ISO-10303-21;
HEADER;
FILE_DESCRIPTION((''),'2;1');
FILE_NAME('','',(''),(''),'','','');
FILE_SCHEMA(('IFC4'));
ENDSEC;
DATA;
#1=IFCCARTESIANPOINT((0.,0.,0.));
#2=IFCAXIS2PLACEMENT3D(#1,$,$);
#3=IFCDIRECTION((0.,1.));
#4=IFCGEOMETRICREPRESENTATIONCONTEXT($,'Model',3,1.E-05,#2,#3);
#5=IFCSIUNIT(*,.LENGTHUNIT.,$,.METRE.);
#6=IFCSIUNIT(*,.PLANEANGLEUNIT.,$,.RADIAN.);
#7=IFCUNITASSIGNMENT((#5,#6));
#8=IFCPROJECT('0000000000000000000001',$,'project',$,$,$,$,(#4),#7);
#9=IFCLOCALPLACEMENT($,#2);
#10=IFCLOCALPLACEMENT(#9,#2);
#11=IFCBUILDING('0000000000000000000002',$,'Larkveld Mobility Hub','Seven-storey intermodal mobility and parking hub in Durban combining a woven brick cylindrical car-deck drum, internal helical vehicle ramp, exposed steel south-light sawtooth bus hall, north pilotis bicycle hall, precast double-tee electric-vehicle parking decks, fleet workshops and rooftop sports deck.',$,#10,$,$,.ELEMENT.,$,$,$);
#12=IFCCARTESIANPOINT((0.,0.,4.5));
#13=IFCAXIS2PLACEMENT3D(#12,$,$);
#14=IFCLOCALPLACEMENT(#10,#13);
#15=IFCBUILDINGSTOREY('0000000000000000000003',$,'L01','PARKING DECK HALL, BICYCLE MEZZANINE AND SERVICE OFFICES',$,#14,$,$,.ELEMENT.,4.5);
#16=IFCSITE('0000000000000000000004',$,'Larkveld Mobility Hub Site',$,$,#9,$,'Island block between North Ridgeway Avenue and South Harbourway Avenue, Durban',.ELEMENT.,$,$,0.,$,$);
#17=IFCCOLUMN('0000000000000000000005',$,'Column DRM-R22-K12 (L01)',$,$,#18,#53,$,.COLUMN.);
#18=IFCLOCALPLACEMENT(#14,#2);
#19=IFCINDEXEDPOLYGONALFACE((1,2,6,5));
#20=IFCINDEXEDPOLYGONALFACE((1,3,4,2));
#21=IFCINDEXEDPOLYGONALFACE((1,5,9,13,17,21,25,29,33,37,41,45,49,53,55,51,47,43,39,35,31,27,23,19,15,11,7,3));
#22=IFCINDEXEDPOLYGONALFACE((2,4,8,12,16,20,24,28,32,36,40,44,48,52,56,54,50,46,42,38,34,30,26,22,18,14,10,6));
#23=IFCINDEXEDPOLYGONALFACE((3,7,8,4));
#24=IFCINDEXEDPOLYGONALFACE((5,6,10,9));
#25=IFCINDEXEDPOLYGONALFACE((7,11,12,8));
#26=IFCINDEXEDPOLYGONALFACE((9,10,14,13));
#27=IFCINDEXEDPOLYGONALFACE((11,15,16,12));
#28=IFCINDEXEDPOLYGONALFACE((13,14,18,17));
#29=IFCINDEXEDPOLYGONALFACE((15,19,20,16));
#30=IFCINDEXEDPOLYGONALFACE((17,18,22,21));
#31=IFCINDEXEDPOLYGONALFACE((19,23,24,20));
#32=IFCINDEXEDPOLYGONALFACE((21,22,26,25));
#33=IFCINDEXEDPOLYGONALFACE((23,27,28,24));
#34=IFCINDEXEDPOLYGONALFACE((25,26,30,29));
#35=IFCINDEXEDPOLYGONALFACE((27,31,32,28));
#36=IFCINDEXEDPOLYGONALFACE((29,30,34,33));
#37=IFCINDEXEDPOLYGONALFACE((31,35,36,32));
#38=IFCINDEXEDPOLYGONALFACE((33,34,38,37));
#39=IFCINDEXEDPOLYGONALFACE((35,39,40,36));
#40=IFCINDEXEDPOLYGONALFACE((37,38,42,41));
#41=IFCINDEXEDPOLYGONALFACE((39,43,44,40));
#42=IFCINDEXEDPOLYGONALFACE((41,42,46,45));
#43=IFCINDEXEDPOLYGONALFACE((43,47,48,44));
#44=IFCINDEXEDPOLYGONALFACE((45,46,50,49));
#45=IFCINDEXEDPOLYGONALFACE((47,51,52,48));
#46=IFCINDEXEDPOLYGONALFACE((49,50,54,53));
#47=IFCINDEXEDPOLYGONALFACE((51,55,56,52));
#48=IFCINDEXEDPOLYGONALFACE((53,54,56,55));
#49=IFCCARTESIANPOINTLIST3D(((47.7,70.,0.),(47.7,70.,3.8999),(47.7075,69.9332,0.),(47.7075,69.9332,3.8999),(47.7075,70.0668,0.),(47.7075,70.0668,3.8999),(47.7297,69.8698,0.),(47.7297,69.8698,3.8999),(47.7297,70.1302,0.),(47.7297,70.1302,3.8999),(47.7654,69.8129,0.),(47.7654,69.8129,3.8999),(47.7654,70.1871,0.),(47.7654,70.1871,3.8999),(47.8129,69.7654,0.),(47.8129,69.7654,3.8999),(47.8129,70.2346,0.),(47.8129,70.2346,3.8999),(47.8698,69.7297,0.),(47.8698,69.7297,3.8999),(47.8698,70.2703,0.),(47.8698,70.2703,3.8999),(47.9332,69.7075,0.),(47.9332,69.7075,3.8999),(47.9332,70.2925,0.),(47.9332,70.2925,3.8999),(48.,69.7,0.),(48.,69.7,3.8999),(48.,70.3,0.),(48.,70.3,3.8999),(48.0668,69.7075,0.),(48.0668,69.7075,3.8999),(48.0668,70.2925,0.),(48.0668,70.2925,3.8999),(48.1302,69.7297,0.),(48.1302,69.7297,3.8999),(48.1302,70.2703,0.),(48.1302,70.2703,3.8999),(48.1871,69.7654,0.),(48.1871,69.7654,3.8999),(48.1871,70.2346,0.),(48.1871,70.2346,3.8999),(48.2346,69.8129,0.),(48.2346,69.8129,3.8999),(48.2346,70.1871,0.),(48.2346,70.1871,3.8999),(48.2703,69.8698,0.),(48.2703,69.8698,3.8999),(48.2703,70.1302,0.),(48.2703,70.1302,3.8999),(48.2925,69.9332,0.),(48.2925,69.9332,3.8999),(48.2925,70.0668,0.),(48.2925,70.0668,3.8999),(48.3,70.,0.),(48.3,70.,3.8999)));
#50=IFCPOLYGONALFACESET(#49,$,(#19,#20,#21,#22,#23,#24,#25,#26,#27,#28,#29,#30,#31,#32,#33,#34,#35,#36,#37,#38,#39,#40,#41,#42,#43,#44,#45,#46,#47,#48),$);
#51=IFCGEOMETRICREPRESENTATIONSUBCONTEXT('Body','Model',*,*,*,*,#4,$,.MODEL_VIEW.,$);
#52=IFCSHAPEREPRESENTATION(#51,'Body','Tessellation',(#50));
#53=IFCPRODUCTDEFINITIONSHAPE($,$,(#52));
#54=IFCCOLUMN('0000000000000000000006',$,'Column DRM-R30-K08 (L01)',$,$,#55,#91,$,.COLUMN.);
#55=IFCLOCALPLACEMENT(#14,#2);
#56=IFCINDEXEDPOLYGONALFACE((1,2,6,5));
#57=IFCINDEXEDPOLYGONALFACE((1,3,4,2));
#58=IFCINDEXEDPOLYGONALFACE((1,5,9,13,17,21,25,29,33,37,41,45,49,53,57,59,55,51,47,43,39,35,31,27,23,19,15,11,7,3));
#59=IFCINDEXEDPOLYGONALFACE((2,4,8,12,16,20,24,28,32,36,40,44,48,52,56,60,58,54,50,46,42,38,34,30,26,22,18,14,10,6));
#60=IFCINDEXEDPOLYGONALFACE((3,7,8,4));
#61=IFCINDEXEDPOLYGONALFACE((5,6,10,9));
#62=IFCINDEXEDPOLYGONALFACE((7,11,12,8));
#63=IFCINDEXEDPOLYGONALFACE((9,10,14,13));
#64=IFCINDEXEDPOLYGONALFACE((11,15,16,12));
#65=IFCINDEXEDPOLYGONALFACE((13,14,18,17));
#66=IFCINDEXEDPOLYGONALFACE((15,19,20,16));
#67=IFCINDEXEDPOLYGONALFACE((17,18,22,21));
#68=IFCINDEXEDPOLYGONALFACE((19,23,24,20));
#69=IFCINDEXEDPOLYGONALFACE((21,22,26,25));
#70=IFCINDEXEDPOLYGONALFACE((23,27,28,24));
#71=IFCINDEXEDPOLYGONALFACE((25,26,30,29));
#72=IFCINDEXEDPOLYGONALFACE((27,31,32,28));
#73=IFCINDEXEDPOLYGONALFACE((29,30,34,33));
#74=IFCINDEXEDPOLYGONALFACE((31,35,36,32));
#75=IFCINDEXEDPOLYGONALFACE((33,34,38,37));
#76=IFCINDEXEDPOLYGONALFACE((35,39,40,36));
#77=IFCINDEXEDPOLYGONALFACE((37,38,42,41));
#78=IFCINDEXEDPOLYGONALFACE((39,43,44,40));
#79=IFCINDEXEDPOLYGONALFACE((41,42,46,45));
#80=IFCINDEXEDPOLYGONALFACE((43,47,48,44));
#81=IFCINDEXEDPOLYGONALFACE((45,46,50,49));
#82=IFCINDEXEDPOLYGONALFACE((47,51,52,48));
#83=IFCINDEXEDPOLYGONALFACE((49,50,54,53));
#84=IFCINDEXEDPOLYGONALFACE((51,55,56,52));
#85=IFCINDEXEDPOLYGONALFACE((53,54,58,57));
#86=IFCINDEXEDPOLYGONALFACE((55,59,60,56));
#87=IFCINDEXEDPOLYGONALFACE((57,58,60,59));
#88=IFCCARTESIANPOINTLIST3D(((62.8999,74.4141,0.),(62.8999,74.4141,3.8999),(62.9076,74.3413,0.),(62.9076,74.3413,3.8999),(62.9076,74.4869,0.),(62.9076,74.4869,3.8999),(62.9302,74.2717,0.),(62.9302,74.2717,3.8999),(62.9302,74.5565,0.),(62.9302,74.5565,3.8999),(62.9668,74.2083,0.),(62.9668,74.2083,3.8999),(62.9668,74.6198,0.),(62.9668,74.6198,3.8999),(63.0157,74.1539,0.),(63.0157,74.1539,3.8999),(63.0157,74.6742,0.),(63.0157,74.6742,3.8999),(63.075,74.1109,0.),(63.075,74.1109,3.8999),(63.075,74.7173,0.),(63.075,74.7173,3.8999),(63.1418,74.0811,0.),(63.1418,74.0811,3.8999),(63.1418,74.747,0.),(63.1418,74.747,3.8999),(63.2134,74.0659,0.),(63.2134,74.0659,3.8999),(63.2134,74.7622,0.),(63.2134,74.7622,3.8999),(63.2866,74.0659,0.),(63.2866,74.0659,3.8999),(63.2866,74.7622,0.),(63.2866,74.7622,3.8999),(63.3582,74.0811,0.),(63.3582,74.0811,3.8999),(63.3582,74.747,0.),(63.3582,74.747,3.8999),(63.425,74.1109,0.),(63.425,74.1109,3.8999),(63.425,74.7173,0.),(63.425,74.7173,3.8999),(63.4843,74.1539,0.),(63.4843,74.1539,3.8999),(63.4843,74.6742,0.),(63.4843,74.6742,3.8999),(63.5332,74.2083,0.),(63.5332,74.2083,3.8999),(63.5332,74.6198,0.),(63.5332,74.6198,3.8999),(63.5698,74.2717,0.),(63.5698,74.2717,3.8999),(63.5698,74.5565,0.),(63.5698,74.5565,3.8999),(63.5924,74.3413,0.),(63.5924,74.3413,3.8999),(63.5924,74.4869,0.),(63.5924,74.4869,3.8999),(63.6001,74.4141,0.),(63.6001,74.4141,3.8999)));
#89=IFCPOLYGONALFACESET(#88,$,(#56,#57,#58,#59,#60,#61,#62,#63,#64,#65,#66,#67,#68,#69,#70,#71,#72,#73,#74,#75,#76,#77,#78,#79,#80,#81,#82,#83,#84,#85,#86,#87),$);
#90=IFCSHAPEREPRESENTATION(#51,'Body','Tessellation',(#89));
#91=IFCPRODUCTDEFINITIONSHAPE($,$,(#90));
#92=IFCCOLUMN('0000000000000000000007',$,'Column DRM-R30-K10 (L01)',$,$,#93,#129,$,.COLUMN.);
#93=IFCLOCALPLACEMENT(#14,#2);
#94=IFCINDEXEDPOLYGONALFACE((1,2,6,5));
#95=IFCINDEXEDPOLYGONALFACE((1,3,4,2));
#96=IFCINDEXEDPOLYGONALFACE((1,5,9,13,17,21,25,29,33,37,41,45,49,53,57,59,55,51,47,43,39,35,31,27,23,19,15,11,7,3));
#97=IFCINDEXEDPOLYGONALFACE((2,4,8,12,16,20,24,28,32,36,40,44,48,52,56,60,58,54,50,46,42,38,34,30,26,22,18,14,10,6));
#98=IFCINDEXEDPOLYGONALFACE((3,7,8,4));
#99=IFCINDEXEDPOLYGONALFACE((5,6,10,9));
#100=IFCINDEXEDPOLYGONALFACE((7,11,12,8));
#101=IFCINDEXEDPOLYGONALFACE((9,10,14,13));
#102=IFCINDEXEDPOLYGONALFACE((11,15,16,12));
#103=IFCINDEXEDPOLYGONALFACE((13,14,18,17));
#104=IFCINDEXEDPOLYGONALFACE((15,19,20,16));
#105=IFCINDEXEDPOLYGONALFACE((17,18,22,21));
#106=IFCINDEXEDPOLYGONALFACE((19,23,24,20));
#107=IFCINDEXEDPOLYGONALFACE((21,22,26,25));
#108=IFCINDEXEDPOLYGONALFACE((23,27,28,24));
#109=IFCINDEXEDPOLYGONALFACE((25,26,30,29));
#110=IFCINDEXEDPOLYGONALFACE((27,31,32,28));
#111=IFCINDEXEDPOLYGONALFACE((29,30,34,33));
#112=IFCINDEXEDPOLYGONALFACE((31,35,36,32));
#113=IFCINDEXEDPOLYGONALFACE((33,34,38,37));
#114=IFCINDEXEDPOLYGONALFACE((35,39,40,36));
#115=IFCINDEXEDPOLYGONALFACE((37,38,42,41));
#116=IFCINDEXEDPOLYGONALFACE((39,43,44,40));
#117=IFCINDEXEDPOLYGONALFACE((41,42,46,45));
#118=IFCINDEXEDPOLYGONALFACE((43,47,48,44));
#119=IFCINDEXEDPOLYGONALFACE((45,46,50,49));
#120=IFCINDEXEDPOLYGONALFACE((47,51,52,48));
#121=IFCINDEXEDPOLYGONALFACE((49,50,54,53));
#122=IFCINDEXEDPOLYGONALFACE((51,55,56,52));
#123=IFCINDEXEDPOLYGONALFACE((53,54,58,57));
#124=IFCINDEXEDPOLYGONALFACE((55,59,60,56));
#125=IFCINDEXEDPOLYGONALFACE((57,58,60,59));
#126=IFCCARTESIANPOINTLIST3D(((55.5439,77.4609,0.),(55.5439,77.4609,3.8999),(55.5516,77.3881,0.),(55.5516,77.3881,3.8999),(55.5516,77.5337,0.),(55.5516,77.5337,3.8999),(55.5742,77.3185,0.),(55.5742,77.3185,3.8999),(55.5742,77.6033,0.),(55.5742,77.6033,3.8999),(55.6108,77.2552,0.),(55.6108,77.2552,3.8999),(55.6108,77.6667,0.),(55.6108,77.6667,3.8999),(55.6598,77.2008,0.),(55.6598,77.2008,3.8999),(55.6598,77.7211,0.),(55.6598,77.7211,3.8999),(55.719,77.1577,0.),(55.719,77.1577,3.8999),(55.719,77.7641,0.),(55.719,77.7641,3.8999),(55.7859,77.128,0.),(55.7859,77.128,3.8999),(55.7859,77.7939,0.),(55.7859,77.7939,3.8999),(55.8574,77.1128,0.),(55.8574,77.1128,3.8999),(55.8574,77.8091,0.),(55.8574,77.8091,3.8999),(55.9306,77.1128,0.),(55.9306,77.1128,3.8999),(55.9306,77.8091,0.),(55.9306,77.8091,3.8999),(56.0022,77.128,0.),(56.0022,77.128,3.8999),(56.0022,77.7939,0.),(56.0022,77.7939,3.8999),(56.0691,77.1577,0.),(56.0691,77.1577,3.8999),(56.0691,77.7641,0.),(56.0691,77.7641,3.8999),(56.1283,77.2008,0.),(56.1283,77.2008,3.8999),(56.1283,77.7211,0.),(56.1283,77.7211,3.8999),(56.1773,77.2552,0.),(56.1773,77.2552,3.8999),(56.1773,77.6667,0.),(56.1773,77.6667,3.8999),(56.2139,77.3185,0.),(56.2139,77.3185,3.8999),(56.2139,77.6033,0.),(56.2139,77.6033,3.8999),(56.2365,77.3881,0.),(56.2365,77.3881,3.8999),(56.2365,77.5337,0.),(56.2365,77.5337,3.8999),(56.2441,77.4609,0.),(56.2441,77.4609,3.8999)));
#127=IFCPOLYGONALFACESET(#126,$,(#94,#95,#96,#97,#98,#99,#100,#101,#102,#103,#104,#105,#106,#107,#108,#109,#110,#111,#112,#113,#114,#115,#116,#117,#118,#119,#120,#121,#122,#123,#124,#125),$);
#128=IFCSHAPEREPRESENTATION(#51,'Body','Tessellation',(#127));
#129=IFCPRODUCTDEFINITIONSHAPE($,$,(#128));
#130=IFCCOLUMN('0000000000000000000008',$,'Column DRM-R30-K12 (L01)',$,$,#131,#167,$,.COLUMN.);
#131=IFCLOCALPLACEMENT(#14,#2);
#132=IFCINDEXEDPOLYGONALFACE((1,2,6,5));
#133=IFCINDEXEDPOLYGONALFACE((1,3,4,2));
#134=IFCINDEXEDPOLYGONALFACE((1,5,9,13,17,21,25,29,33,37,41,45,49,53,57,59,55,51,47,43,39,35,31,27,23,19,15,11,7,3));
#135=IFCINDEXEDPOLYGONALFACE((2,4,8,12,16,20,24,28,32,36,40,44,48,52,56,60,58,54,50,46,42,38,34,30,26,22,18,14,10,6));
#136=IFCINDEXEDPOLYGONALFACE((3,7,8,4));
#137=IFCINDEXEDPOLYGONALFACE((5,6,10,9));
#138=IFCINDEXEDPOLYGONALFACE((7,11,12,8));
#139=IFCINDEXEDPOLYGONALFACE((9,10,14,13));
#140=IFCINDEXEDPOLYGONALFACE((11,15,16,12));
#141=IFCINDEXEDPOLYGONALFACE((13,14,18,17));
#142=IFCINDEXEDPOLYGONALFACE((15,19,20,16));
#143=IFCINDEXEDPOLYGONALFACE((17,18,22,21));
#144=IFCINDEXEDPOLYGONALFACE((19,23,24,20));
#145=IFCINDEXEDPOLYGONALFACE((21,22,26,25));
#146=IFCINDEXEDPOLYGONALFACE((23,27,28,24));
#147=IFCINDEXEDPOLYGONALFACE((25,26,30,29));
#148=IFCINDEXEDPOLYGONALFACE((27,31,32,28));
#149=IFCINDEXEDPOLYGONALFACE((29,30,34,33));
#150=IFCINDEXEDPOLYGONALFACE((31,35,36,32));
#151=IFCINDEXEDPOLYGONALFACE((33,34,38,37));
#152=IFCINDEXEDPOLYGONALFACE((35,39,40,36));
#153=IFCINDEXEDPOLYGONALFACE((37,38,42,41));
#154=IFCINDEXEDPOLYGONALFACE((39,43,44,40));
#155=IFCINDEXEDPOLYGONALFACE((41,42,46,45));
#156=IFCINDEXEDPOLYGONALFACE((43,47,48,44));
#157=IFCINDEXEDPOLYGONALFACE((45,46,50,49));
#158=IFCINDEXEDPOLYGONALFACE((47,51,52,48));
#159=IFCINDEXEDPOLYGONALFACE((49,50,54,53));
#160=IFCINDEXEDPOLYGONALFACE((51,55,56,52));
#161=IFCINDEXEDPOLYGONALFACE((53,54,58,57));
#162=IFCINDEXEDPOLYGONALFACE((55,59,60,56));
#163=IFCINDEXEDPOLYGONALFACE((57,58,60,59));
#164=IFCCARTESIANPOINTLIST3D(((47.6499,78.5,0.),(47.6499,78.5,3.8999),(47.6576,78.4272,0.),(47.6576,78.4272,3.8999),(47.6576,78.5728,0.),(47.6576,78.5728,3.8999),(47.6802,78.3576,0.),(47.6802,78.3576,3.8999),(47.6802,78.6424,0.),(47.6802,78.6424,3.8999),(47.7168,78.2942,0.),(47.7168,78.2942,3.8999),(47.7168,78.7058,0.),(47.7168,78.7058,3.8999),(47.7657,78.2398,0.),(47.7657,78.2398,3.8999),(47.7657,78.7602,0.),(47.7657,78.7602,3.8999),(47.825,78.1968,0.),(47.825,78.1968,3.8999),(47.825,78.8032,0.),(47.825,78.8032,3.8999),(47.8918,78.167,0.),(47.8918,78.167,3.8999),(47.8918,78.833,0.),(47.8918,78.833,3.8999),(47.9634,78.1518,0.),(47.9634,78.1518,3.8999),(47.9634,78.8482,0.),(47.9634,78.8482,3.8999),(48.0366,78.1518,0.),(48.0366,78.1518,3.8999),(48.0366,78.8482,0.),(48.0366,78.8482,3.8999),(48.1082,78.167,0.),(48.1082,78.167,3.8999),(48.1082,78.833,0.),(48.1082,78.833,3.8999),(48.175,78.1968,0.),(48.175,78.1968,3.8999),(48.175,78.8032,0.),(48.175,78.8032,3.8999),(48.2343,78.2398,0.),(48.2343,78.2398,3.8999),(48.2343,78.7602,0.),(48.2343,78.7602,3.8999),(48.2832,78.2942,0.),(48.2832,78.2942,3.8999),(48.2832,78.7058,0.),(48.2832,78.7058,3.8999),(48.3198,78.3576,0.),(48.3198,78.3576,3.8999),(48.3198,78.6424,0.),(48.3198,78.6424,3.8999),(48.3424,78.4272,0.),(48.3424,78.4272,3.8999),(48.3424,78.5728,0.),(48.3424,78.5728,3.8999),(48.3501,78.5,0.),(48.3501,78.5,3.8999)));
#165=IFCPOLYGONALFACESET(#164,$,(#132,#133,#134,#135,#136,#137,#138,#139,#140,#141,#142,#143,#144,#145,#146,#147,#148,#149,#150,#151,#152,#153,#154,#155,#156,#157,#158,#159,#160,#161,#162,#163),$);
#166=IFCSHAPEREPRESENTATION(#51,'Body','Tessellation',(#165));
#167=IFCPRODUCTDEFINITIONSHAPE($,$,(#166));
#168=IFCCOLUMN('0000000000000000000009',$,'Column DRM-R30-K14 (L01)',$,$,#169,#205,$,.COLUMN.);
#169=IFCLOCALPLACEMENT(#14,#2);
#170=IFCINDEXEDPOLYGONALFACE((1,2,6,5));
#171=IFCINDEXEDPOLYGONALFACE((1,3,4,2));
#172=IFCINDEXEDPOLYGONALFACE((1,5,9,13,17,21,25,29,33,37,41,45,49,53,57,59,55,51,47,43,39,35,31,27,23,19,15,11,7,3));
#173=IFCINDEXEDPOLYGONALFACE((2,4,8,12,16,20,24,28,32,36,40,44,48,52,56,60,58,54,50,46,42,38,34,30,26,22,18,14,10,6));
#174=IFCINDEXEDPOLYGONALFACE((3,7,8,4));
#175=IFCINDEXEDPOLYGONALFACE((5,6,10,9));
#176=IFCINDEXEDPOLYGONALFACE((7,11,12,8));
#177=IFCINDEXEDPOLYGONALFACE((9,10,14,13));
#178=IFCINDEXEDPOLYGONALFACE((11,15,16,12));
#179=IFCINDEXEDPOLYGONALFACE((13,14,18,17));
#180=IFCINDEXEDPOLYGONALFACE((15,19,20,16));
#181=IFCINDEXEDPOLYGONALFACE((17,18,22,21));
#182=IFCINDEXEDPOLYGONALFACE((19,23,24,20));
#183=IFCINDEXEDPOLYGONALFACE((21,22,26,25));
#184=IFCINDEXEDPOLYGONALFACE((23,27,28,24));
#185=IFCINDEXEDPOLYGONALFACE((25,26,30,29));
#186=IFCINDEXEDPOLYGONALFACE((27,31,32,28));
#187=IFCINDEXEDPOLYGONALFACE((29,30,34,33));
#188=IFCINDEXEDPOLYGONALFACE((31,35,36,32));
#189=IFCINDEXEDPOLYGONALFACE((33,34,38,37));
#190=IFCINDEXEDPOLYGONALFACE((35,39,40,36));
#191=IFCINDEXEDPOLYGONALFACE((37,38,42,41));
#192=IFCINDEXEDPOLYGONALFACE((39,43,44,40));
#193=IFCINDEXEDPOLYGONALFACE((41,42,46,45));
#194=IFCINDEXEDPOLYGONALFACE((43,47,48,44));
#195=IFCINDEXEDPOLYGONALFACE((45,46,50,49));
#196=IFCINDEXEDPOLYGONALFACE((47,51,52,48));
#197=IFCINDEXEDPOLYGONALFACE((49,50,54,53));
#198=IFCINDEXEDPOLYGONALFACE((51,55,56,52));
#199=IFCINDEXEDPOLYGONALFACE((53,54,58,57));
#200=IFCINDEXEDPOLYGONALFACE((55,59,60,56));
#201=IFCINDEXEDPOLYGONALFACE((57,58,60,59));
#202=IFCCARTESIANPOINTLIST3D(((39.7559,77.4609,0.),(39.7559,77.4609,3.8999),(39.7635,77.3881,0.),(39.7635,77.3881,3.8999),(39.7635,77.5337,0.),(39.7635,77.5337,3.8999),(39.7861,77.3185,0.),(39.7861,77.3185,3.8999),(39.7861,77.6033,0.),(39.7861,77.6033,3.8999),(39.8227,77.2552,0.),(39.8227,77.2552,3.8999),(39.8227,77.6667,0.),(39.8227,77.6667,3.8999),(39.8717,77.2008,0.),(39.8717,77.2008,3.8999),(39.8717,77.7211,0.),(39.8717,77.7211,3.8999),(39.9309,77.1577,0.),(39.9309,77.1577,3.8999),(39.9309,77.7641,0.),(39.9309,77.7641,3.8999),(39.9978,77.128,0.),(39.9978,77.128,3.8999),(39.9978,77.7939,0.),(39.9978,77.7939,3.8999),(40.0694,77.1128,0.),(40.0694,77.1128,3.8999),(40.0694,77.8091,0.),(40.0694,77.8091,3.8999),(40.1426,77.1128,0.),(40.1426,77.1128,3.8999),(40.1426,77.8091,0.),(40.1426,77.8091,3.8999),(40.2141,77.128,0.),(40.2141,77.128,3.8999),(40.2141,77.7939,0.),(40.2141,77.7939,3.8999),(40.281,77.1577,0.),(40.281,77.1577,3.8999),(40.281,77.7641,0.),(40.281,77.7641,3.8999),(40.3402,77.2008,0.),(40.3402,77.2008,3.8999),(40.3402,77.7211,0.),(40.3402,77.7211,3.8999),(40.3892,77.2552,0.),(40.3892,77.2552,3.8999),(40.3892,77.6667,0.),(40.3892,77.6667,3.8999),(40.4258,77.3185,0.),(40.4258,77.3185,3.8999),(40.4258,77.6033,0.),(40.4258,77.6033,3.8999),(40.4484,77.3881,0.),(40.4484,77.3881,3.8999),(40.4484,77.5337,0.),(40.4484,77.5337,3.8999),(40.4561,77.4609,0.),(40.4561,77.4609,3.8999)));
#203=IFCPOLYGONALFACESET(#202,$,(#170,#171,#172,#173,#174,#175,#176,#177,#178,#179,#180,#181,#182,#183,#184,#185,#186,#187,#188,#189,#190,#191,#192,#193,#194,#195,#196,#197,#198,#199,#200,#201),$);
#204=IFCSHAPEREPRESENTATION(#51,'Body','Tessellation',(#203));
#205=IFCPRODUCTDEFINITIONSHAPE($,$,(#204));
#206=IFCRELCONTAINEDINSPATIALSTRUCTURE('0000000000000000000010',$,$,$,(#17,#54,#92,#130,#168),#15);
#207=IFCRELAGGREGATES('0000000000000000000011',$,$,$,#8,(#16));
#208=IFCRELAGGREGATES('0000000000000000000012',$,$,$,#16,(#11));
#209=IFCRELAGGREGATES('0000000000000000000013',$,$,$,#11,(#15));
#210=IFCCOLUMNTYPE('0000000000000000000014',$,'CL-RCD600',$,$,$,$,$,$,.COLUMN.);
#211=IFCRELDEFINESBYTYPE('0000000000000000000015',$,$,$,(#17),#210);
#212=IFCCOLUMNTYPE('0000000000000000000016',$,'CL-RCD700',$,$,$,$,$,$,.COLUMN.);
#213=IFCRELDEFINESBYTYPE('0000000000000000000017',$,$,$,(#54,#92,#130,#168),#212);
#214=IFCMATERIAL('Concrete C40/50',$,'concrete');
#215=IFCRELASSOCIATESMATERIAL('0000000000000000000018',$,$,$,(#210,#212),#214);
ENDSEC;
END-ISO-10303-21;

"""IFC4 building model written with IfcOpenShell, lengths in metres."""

from ifc_helpers import new_model, si_unit, direction, frame, origin, origin_2d, place, context, subcontext, project, spatial, circle, extrude, material, material_profile, profile_set, type_object, element, save


model = new_model("IFC4")

# Units and contexts
model_context = context("Model", 3, precision=1e-05, world=origin(), true_north=direction((0.0, 1.0)))
body_context = subcontext(model_context, "Body", "Model", "MODEL_VIEW")
ifc_project = project(units=[si_unit("LENGTHUNIT", "METRE"), si_unit("PLANEANGLEUNIT", "RADIAN")], contexts=[model_context])

# Site, building, storey
site_placement = place(None, origin())
site = spatial("IfcSite", under=ifc_project, at=site_placement, Name="Larkveld Mobility Hub Site", LongName="Island block between North Ridgeway Avenue and South Harbourway Avenue, Durban", CompositionType="ELEMENT", RefElevation=0.0)
building_placement = place(site_placement, origin())
building = spatial("IfcBuilding", under=site, at=building_placement, Name="Larkveld Mobility Hub", Description="Seven-storey intermodal mobility and parking hub in Durban combining a woven brick cylindrical car-deck drum, internal helical vehicle ramp, exposed steel south-light sawtooth bus hall, north pilotis bicycle hall, precast double-tee electric-vehicle parking decks, fleet workshops and rooftop sports deck.", CompositionType="ELEMENT")
storey_placement = place(building_placement, frame((0.0, 0.0, 4.5)))
storey = spatial("IfcBuildingStorey", under=building, at=storey_placement, Name="L01", Description="PARKING DECK HALL, BICYCLE MEZZANINE AND SERVICE OFFICES", CompositionType="ELEMENT", Elevation=4.5)

# Columns
ifc_material_1 = material(Name="Concrete C40/50", Category="concrete")
ifc_material_profile_1 = material_profile(ifc_material_1, circle(Radius=0.3, at=origin_2d()), Name="RC COL D600")
ifc_profile_set_1 = profile_set([ifc_material_profile_1], Name="Concrete C40/50")
column_type_1 = type_object("IfcColumnType", Name="CL-RCD600", PredefinedType="COLUMN", material=ifc_profile_set_1)
column_placement = place(storey_placement, frame((48.0, 70.0, 0.0), z_axis=(0.0, 0.0, 1.0), x_axis=(1.0, 0.0, 0.0)))
element("IfcColumn", 1, at=column_placement, inside=storey, type_object=column_type_1, Name="Column DRM-R22-K12 (L01)", PredefinedType="COLUMN", context=body_context, shape_type="SweptSolid", body=[
    extrude(circle(Radius=0.3, at=origin_2d()), origin(), (0.0, 0.0, 1.0), 3.8999),
])
ifc_material_profile_2 = material_profile(ifc_material_1, circle(Radius=0.3501, at=origin_2d()), Name="RC COL D700")
ifc_profile_set_2 = profile_set([ifc_material_profile_2], Name="Concrete C40/50")
column_type_2 = type_object("IfcColumnType", Name="CL-RCD700", PredefinedType="COLUMN", material=ifc_profile_set_2)
for number, where, z_axis, x_axis, name in (
    (2, (63.25, 74.4141, 0.0), (0.0, 0.0, 1.0), (1.0, 0.0, 0.0), "Column DRM-R30-K08 (L01)"),
    (3, (55.894, 77.4609, 0.0), (0.0, 0.0, 1.0), (1.0, 0.0, 0.0), "Column DRM-R30-K10 (L01)"),
    (4, (48.0, 78.5, 0.0), (0.0, 0.0, 1.0), (1.0, 0.0, 0.0), "Column DRM-R30-K12 (L01)"),
    (5, (40.106, 77.4609, 0.0), (0.0, 0.0, 1.0), (1.0, 0.0, 0.0), "Column DRM-R30-K14 (L01)"),
):
    element("IfcColumn", number, at=place(storey_placement, frame(where, z_axis=z_axis, x_axis=x_axis)), inside=storey, type_object=column_type_2, Name=name, PredefinedType="COLUMN", context=body_context, shape_type="SweptSolid", body=[
        extrude(circle(Radius=0.3501, at=origin_2d()), origin(), (0.0, 0.0, 1.0), 3.8999),
    ])

save(model, "model.ifc")
